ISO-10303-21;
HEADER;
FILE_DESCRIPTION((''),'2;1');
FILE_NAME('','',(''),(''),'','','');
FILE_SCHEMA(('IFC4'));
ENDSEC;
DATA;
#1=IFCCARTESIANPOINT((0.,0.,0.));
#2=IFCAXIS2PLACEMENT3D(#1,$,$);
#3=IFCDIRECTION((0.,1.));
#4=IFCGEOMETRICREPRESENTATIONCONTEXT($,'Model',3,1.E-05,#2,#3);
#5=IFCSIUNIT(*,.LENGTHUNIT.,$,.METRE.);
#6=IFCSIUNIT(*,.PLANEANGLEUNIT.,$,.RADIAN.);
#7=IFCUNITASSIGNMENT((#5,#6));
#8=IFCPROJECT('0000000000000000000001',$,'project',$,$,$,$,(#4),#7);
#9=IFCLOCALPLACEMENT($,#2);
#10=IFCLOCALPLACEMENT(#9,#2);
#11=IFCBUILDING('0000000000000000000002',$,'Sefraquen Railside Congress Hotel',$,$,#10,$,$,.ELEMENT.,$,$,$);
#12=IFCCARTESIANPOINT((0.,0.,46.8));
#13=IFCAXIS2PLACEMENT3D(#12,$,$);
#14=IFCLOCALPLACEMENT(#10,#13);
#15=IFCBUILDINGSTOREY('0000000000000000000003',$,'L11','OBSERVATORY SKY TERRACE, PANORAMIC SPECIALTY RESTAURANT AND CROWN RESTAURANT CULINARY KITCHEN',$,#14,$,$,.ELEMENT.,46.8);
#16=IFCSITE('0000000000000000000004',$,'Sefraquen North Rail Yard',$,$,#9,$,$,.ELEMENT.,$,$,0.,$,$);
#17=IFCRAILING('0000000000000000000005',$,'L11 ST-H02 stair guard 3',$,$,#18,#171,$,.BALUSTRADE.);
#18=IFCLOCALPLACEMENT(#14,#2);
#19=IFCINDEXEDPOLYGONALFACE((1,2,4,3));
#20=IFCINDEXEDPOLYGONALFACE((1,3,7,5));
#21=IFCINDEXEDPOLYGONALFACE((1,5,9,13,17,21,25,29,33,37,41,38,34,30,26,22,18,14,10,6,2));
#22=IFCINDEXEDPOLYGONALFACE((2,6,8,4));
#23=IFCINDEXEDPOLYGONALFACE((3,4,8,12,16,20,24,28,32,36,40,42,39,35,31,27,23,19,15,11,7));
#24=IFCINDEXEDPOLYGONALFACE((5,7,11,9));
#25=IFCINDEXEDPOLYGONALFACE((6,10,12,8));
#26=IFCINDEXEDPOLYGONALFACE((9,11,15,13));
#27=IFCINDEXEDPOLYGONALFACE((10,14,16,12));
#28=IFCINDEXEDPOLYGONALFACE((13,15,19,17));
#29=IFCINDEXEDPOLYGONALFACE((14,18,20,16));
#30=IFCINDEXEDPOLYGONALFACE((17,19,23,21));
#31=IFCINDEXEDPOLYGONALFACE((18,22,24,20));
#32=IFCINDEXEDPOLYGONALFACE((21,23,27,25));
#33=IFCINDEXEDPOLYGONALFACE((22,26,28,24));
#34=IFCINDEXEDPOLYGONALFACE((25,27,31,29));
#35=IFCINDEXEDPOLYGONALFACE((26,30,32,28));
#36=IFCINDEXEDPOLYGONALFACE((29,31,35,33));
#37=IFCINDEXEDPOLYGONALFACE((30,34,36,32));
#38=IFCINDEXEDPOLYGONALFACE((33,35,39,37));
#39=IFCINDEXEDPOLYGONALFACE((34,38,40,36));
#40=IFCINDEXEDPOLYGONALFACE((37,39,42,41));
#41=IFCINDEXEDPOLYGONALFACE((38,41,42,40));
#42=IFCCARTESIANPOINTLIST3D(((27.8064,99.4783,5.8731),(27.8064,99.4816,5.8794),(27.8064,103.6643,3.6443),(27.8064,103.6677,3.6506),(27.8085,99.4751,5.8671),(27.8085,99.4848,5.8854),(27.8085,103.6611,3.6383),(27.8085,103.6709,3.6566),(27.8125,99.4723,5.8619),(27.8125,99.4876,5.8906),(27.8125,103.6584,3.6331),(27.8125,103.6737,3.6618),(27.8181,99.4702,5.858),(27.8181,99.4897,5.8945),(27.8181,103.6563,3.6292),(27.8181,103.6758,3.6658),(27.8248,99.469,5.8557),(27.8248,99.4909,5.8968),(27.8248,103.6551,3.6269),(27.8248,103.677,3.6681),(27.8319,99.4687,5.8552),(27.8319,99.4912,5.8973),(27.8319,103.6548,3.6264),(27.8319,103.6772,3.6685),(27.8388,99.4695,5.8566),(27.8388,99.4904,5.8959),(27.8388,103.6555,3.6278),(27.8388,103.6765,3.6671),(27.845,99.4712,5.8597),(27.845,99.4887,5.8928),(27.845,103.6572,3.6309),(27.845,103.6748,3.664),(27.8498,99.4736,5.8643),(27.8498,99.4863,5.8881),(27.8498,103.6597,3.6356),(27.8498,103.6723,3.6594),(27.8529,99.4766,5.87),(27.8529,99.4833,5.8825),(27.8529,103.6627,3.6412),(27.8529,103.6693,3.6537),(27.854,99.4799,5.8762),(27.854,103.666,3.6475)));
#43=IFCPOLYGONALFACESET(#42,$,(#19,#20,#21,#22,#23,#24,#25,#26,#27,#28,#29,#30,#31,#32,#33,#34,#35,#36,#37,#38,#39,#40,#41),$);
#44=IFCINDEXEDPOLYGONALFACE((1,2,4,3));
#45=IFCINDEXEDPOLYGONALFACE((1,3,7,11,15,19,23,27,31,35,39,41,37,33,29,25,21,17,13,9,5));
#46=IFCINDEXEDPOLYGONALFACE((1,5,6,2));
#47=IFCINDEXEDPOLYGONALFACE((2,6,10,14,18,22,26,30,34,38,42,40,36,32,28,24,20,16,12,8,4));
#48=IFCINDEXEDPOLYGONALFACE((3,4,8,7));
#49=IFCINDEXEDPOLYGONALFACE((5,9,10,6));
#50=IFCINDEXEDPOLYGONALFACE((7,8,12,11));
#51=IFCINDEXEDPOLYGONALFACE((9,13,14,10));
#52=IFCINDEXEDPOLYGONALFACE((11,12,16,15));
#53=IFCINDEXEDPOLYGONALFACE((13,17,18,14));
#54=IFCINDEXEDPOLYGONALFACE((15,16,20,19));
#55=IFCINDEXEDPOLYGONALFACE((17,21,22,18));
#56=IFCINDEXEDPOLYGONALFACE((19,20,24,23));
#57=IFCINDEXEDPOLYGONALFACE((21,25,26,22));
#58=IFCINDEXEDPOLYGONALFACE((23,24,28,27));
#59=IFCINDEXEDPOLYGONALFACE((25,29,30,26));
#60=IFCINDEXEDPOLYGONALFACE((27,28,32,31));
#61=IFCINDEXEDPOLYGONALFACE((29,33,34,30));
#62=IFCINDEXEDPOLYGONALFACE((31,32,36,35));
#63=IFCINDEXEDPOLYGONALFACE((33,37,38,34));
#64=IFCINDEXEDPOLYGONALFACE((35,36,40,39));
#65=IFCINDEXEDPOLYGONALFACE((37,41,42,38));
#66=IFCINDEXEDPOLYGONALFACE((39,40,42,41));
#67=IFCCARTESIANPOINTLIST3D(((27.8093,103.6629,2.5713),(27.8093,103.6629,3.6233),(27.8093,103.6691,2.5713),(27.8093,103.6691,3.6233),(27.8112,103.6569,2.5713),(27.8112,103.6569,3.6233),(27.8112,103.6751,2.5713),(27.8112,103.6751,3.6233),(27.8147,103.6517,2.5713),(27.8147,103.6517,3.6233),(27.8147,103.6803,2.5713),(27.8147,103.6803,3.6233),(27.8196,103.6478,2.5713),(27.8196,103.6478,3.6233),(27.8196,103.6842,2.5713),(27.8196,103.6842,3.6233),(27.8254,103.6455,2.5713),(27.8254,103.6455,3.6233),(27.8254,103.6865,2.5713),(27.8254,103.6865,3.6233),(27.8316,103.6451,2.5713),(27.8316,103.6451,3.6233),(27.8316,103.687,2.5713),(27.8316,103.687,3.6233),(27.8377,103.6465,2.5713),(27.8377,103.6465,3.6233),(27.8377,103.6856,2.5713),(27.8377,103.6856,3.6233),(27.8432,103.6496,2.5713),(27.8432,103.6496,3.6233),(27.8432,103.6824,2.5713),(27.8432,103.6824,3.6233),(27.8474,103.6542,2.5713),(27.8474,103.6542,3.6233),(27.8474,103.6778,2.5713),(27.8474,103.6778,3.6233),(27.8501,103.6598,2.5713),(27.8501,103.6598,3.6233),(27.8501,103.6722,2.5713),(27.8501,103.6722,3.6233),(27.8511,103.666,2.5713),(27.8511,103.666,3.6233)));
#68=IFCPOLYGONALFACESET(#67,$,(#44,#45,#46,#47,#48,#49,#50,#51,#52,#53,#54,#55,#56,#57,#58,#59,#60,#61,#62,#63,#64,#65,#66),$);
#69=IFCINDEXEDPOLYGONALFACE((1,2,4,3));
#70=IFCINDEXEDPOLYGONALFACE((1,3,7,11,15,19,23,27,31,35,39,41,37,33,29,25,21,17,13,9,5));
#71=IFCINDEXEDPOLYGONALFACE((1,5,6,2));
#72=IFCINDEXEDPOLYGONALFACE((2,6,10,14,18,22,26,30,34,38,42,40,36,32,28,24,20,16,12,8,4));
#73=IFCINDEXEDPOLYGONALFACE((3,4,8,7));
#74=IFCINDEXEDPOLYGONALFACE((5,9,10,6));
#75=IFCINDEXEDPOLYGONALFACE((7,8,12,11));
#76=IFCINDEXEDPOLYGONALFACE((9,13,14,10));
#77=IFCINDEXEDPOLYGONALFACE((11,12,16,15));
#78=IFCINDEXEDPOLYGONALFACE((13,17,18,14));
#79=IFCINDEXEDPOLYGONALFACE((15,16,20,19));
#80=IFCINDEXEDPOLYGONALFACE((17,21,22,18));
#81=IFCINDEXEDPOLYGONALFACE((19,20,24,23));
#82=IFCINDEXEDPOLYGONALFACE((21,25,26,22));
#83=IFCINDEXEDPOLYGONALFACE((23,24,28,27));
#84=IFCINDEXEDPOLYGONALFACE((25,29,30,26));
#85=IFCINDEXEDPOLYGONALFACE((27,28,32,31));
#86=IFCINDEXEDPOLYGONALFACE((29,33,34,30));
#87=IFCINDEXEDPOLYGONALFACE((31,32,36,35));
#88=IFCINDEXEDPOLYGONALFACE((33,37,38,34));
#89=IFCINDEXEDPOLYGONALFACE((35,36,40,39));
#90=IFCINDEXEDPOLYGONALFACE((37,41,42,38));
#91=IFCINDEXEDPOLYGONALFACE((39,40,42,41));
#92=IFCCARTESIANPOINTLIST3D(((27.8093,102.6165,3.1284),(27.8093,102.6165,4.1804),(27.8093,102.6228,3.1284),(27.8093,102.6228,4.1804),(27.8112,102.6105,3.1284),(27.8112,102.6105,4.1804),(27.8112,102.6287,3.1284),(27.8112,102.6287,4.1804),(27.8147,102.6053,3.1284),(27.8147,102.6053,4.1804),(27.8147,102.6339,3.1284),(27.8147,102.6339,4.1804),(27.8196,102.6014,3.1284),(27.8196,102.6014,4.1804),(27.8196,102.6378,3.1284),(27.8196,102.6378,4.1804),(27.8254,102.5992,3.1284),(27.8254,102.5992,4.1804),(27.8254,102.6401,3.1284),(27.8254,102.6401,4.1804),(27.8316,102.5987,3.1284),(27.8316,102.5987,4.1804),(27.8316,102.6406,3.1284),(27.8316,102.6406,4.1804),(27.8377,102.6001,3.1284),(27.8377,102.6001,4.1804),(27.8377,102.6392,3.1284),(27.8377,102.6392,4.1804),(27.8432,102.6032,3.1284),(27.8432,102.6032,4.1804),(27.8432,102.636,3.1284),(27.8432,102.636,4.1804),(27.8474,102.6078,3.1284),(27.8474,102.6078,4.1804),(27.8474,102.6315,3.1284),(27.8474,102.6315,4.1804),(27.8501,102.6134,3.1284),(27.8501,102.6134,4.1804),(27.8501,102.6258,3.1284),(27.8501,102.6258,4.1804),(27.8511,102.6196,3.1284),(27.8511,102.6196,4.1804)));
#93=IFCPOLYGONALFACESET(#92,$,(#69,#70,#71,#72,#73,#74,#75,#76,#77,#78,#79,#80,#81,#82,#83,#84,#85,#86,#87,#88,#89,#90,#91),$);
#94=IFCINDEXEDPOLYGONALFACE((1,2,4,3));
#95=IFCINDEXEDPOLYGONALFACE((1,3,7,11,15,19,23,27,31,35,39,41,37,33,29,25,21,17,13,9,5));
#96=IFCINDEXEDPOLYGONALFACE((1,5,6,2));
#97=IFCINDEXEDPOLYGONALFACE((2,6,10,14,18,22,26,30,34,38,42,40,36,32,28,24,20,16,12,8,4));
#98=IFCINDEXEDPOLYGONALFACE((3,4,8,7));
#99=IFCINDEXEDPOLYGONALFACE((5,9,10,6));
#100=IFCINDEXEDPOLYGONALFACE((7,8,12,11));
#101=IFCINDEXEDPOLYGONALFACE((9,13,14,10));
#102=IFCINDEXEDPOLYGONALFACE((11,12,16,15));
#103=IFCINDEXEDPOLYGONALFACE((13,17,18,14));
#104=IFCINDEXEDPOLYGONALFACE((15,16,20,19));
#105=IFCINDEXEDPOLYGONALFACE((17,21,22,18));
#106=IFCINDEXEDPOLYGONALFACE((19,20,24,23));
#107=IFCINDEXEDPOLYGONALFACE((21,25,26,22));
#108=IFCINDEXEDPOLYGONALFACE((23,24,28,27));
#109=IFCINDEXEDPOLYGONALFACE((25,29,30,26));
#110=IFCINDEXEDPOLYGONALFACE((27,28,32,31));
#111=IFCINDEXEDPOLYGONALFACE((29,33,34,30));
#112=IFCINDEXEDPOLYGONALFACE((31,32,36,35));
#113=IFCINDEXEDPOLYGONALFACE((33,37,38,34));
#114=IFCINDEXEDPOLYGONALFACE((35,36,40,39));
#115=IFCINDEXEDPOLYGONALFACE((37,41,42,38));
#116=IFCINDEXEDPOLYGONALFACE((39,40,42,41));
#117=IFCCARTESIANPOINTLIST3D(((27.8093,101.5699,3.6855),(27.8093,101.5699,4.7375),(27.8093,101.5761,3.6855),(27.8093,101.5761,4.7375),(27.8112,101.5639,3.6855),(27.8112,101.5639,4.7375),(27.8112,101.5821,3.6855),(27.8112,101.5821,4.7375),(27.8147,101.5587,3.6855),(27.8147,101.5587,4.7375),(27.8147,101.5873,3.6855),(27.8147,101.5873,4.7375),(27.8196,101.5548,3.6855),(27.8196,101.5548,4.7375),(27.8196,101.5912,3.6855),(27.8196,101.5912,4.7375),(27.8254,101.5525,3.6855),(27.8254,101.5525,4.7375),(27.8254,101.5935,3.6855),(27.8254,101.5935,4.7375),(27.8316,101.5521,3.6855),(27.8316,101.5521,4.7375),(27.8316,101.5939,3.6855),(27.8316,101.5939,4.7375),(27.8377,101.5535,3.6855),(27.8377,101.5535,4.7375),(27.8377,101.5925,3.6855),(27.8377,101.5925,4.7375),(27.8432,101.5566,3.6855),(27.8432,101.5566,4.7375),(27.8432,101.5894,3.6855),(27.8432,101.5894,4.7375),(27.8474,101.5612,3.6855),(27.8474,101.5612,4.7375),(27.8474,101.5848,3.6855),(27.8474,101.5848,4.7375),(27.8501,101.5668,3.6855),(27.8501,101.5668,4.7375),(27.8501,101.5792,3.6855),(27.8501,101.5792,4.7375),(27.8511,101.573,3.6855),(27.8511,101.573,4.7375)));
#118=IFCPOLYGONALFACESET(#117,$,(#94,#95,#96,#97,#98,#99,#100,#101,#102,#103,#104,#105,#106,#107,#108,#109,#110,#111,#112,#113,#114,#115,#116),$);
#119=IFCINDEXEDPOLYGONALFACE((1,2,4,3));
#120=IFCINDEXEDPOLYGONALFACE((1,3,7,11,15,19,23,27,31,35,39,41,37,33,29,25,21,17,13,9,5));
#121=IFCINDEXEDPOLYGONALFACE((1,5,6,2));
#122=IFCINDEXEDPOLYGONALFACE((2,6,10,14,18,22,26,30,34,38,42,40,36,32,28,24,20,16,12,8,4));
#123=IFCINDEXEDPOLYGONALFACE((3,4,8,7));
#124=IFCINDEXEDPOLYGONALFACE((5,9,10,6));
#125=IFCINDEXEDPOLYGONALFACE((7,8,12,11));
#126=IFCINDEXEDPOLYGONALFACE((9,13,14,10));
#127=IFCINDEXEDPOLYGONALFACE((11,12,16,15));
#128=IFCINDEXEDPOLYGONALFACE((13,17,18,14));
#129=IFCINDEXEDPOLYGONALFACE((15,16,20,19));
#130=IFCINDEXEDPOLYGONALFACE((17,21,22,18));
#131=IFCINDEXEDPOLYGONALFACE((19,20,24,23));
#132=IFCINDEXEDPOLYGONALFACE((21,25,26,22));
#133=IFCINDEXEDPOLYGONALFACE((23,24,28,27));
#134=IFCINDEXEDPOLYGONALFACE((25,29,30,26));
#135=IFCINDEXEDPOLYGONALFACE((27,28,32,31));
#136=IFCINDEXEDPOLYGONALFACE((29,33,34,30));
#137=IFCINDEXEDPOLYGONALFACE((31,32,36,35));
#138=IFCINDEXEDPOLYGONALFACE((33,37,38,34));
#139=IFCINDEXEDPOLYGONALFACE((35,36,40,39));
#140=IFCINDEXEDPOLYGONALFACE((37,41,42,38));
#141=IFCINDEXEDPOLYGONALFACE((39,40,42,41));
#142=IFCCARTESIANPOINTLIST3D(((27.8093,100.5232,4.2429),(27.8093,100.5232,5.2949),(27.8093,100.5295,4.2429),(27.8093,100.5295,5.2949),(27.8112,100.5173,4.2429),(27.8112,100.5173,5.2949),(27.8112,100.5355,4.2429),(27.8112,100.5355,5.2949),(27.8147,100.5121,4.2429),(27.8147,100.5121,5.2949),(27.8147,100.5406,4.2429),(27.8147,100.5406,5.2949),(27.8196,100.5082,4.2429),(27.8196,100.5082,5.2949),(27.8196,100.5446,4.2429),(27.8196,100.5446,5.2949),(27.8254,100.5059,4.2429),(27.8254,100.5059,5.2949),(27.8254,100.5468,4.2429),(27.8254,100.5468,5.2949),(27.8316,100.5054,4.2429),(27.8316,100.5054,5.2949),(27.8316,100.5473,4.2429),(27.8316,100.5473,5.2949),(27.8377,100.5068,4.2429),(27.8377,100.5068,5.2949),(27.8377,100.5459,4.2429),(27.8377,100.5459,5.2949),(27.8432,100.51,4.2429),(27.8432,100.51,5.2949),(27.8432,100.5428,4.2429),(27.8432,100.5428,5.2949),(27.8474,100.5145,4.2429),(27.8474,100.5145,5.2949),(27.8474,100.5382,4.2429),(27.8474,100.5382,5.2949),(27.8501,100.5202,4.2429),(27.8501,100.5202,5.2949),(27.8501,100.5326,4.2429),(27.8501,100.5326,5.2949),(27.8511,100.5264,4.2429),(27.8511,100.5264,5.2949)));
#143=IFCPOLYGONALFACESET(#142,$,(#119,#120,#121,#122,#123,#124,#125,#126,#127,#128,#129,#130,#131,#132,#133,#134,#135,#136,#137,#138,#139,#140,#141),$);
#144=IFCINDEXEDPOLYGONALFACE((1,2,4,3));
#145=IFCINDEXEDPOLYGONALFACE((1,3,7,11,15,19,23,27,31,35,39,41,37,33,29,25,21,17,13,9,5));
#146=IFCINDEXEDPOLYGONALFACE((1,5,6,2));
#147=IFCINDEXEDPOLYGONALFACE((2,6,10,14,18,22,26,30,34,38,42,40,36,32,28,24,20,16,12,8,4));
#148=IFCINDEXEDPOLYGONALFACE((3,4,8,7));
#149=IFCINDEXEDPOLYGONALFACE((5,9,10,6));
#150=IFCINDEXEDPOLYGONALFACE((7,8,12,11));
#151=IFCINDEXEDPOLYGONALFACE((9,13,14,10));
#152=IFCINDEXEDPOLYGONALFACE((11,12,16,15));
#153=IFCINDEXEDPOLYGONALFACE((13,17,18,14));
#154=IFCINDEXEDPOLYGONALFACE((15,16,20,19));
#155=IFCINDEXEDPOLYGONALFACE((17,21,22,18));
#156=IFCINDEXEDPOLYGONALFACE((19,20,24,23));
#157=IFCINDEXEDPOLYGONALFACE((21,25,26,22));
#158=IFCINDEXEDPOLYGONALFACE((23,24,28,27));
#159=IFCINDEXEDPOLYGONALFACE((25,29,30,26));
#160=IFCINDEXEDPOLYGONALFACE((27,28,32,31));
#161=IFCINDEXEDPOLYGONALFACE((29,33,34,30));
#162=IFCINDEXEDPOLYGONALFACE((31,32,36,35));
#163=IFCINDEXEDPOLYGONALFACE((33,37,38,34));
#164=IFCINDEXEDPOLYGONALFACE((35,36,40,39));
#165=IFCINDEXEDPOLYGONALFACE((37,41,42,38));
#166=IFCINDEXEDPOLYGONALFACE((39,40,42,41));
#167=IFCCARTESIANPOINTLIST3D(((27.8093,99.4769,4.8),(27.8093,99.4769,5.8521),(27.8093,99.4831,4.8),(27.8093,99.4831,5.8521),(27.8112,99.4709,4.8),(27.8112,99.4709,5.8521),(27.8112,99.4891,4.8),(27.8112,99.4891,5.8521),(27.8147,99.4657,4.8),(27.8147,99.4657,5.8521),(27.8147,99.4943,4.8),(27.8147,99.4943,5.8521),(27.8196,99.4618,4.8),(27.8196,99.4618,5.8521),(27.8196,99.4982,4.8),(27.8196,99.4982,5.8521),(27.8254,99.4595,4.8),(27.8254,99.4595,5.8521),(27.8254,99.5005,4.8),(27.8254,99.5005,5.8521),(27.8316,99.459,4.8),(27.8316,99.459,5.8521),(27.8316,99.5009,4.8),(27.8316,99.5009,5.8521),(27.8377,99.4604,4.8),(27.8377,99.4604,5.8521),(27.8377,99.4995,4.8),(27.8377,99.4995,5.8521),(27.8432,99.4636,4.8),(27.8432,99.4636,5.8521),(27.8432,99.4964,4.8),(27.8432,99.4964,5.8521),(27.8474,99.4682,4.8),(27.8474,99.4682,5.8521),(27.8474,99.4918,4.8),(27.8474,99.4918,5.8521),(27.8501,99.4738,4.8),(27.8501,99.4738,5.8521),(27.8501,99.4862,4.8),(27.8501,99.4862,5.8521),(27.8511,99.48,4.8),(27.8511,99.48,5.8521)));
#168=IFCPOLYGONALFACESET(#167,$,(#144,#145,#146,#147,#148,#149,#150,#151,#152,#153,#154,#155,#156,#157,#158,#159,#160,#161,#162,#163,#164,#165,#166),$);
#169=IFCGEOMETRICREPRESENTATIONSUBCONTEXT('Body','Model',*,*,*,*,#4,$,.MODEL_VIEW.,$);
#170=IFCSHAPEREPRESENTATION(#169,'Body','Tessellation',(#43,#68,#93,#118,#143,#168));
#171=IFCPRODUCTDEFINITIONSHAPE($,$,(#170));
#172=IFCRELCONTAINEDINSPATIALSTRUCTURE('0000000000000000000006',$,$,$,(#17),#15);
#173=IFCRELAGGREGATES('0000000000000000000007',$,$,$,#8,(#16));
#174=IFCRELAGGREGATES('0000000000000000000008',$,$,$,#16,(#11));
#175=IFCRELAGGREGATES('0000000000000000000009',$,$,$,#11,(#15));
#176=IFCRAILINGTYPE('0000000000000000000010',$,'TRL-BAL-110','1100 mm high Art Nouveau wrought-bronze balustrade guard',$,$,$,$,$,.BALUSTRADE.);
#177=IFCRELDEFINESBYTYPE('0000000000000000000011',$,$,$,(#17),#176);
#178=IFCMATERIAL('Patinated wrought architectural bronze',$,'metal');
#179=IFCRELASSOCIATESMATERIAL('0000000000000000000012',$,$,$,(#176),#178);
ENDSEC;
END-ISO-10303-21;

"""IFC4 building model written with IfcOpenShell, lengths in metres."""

from ifc_helpers import new_model, si_unit, direction, frame, origin, origin_2d, place, context, subcontext, project, spatial, circle, extrude, material, type_object, element, save


model = new_model("IFC4")

# Units and contexts
model_context = context("Model", 3, precision=1e-05, world=origin(), true_north=direction((0.0, 1.0)))
body_context = subcontext(model_context, "Body", "Model", "MODEL_VIEW")
ifc_project = project(units=[si_unit("LENGTHUNIT", "METRE"), si_unit("PLANEANGLEUNIT", "RADIAN")], contexts=[model_context])

# Site, building, storey
site_placement = place(None, origin())
site = spatial("IfcSite", under=ifc_project, at=site_placement, Name="Sefraquen North Rail Yard", CompositionType="ELEMENT", RefElevation=0.0)
building_placement = place(site_placement, origin())
building = spatial("IfcBuilding", under=site, at=building_placement, Name="Sefraquen Railside Congress Hotel", CompositionType="ELEMENT")
storey_placement = place(building_placement, frame((0.0, 0.0, 46.8)))
storey = spatial("IfcBuildingStorey", under=building, at=storey_placement, Name="L11", Description="OBSERVATORY SKY TERRACE, PANORAMIC SPECIALTY RESTAURANT AND CROWN RESTAURANT CULINARY KITCHEN", CompositionType="ELEMENT", Elevation=46.8)

# Railing
ifc_material_1 = material(Name="Patinated wrought architectural bronze", Category="metal")
railing_type_1 = type_object("IfcRailingType", Name="TRL-BAL-110", Description="1100 mm high Art Nouveau wrought-bronze balustrade guard", PredefinedType="BALUSTRADE", material=ifc_material_1)
railing_1_placement = place(storey_placement, frame((27.8301, 103.666, 2.5713)))
element("IfcRailing", 1, at=railing_1_placement, inside=storey, type_object=railing_type_1, Name="L11 ST-H02 stair guard 3", PredefinedType="BALUSTRADE", context=body_context, shape_type="SweptSolid", body=[
    extrude(circle(Radius=0.0239, at=origin_2d()), frame((0.0, 0.0, 1.0762), z_axis=(0.0, -0.882685, 0.469966), x_axis=(1.0, 0.0, 0.0)), (0.0, 0.0, 1.0), 4.7424),
    extrude(circle(Radius=0.021, at=origin_2d()), origin(), (0.0, 0.0, 1.0), 1.052),
    extrude(circle(Radius=0.021, at=origin_2d()), frame((0.0, -1.0464, 0.5571)), (0.0, 0.0, 1.0), 1.052),
    extrude(circle(Radius=0.021, at=origin_2d()), frame((0.0, -2.093, 1.1143)), (0.0, 0.0, 1.0), 1.052),
    extrude(circle(Radius=0.021, at=origin_2d()), frame((0.0, -3.1396, 1.6716)), (0.0, 0.0, 1.0), 1.052),
    extrude(circle(Radius=0.021, at=origin_2d()), frame((0.0, -4.186, 2.2288)), (0.0, 0.0, 1.0), 1.052),
])

save(model, "model.ifc")
